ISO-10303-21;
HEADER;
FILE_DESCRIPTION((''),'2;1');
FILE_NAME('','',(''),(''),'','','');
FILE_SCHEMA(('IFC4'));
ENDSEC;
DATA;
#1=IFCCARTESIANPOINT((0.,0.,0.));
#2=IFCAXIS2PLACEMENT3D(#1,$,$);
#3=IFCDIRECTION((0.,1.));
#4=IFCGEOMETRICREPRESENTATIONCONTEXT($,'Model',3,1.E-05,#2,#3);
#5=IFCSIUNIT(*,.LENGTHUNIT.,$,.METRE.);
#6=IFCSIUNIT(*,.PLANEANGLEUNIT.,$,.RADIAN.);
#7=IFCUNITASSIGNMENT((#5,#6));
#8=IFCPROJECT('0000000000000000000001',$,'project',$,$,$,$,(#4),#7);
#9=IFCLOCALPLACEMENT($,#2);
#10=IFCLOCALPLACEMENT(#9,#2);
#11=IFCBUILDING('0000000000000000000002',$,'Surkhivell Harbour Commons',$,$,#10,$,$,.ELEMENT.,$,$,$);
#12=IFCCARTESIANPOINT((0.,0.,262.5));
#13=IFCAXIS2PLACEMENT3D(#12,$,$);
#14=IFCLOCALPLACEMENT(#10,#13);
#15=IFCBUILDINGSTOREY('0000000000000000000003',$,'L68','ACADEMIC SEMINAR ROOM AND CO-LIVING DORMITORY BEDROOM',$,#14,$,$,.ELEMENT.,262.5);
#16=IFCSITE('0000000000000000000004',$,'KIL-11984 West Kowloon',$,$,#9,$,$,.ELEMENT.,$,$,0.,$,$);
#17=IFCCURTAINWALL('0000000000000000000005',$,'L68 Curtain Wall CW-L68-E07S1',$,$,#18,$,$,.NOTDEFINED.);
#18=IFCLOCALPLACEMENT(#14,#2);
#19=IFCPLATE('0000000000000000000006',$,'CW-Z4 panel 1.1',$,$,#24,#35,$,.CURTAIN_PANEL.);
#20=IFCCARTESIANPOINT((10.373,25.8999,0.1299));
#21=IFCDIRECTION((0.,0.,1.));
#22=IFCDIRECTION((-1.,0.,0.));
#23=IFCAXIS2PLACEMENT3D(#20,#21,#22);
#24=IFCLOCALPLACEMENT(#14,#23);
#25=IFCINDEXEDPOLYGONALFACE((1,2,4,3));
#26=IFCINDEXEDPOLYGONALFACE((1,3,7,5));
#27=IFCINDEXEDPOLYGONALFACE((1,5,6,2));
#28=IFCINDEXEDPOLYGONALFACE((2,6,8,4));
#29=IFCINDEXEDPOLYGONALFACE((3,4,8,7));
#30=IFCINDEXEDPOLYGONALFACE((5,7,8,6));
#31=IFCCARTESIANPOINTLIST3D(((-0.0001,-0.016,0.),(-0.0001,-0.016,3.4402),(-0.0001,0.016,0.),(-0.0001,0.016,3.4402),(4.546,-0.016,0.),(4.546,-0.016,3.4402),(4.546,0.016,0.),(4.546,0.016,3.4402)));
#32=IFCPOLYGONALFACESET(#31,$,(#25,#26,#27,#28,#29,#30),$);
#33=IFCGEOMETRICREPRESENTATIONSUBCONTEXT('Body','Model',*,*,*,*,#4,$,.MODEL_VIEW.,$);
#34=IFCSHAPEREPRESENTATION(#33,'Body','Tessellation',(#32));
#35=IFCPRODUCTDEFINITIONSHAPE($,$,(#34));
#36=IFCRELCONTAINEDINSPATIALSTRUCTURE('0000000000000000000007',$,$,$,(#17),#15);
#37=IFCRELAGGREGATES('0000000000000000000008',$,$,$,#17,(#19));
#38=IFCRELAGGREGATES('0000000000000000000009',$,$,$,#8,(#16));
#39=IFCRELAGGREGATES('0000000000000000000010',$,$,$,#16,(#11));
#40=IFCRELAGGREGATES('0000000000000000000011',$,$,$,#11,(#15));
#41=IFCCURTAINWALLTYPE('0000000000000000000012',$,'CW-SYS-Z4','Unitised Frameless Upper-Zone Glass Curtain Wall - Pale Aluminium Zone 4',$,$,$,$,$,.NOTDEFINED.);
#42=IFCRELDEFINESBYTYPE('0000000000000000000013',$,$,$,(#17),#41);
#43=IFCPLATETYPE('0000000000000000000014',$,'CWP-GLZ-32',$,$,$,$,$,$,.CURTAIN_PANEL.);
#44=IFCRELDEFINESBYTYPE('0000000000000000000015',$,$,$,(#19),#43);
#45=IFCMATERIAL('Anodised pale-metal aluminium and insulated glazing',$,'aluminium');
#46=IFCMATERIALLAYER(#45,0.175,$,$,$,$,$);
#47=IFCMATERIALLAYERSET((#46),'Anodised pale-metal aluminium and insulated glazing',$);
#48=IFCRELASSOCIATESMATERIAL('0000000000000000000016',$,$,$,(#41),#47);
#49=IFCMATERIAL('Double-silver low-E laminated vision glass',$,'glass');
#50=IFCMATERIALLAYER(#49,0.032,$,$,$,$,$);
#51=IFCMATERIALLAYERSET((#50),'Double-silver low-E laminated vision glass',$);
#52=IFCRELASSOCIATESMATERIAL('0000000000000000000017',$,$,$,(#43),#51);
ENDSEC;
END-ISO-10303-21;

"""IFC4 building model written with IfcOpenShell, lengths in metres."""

from ifc_helpers import new_model, si_unit, direction, frame, frame_2d, origin, place, context, subcontext, project, spatial, rectangle, extrude, material, layer, layer_set, type_object, element, aggregate, save


model = new_model("IFC4")

# Units and contexts
model_context = context("Model", 3, precision=1e-05, world=origin(), true_north=direction((0.0, 1.0)))
body_context = subcontext(model_context, "Body", "Model", "MODEL_VIEW")
ifc_project = project(units=[si_unit("LENGTHUNIT", "METRE"), si_unit("PLANEANGLEUNIT", "RADIAN")], contexts=[model_context])

# Site, building, storey
site_placement = place(None, origin())
site = spatial("IfcSite", under=ifc_project, at=site_placement, Name="KIL-11984 West Kowloon", CompositionType="ELEMENT", RefElevation=0.0)
building_placement = place(site_placement, origin())
building = spatial("IfcBuilding", under=site, at=building_placement, Name="Surkhivell Harbour Commons", CompositionType="ELEMENT")
storey_placement = place(building_placement, frame((0.0, 0.0, 262.5)))
storey = spatial("IfcBuildingStorey", under=building, at=storey_placement, Name="L68", Description="ACADEMIC SEMINAR ROOM AND CO-LIVING DORMITORY BEDROOM", CompositionType="ELEMENT", Elevation=262.5)

# Curtain wall
ifc_material_1 = material(Name="Anodised pale-metal aluminium and insulated glazing", Category="aluminium")
ifc_layer_1 = layer(ifc_material_1, 0.175)
ifc_layer_set_1 = layer_set([ifc_layer_1], Name="Anodised pale-metal aluminium and insulated glazing")
curtain_wall_type = type_object("IfcCurtainWallType", Name="CW-SYS-Z4", Description="Unitised Frameless Upper-Zone Glass Curtain Wall - Pale Aluminium Zone 4", PredefinedType="NOTDEFINED", material=ifc_layer_set_1)
curtain_wall_1_placement = place(storey_placement, origin())
curtain_wall_1 = element("IfcCurtainWall", 1, at=curtain_wall_1_placement, inside=storey, type_object=curtain_wall_type, Name="L68 Curtain Wall CW-L68-E07S1", PredefinedType="NOTDEFINED")

# Plate
ifc_material_2 = material(Name="Double-silver low-E laminated vision glass", Category="glass")
ifc_layer_2 = layer(ifc_material_2, 0.032)
ifc_layer_set_2 = layer_set([ifc_layer_2], Name="Double-silver low-E laminated vision glass")
plate_type = type_object("IfcPlateType", Name="CWP-GLZ-32", PredefinedType="CURTAIN_PANEL", material=ifc_layer_set_2)
plate_1_placement = place(storey_placement, frame((10.373, 25.8999, 0.1299), z_axis=(0.0, 0.0, 1.0), x_axis=(-1.0, 0.0, 0.0)))
plate_1 = element("IfcPlate", 2, at=plate_1_placement, type_object=plate_type, Name="CW-Z4 panel 1.1", PredefinedType="CURTAIN_PANEL", context=body_context, shape_type="SweptSolid", body=[
    extrude(rectangle(XDim=4.5461, YDim=0.032, at=frame_2d((2.2729, 0.0))), origin(), (0.0, 0.0, 1.0), 3.4402),
])
aggregate(curtain_wall_1, [plate_1])

save(model, "model.ifc")
